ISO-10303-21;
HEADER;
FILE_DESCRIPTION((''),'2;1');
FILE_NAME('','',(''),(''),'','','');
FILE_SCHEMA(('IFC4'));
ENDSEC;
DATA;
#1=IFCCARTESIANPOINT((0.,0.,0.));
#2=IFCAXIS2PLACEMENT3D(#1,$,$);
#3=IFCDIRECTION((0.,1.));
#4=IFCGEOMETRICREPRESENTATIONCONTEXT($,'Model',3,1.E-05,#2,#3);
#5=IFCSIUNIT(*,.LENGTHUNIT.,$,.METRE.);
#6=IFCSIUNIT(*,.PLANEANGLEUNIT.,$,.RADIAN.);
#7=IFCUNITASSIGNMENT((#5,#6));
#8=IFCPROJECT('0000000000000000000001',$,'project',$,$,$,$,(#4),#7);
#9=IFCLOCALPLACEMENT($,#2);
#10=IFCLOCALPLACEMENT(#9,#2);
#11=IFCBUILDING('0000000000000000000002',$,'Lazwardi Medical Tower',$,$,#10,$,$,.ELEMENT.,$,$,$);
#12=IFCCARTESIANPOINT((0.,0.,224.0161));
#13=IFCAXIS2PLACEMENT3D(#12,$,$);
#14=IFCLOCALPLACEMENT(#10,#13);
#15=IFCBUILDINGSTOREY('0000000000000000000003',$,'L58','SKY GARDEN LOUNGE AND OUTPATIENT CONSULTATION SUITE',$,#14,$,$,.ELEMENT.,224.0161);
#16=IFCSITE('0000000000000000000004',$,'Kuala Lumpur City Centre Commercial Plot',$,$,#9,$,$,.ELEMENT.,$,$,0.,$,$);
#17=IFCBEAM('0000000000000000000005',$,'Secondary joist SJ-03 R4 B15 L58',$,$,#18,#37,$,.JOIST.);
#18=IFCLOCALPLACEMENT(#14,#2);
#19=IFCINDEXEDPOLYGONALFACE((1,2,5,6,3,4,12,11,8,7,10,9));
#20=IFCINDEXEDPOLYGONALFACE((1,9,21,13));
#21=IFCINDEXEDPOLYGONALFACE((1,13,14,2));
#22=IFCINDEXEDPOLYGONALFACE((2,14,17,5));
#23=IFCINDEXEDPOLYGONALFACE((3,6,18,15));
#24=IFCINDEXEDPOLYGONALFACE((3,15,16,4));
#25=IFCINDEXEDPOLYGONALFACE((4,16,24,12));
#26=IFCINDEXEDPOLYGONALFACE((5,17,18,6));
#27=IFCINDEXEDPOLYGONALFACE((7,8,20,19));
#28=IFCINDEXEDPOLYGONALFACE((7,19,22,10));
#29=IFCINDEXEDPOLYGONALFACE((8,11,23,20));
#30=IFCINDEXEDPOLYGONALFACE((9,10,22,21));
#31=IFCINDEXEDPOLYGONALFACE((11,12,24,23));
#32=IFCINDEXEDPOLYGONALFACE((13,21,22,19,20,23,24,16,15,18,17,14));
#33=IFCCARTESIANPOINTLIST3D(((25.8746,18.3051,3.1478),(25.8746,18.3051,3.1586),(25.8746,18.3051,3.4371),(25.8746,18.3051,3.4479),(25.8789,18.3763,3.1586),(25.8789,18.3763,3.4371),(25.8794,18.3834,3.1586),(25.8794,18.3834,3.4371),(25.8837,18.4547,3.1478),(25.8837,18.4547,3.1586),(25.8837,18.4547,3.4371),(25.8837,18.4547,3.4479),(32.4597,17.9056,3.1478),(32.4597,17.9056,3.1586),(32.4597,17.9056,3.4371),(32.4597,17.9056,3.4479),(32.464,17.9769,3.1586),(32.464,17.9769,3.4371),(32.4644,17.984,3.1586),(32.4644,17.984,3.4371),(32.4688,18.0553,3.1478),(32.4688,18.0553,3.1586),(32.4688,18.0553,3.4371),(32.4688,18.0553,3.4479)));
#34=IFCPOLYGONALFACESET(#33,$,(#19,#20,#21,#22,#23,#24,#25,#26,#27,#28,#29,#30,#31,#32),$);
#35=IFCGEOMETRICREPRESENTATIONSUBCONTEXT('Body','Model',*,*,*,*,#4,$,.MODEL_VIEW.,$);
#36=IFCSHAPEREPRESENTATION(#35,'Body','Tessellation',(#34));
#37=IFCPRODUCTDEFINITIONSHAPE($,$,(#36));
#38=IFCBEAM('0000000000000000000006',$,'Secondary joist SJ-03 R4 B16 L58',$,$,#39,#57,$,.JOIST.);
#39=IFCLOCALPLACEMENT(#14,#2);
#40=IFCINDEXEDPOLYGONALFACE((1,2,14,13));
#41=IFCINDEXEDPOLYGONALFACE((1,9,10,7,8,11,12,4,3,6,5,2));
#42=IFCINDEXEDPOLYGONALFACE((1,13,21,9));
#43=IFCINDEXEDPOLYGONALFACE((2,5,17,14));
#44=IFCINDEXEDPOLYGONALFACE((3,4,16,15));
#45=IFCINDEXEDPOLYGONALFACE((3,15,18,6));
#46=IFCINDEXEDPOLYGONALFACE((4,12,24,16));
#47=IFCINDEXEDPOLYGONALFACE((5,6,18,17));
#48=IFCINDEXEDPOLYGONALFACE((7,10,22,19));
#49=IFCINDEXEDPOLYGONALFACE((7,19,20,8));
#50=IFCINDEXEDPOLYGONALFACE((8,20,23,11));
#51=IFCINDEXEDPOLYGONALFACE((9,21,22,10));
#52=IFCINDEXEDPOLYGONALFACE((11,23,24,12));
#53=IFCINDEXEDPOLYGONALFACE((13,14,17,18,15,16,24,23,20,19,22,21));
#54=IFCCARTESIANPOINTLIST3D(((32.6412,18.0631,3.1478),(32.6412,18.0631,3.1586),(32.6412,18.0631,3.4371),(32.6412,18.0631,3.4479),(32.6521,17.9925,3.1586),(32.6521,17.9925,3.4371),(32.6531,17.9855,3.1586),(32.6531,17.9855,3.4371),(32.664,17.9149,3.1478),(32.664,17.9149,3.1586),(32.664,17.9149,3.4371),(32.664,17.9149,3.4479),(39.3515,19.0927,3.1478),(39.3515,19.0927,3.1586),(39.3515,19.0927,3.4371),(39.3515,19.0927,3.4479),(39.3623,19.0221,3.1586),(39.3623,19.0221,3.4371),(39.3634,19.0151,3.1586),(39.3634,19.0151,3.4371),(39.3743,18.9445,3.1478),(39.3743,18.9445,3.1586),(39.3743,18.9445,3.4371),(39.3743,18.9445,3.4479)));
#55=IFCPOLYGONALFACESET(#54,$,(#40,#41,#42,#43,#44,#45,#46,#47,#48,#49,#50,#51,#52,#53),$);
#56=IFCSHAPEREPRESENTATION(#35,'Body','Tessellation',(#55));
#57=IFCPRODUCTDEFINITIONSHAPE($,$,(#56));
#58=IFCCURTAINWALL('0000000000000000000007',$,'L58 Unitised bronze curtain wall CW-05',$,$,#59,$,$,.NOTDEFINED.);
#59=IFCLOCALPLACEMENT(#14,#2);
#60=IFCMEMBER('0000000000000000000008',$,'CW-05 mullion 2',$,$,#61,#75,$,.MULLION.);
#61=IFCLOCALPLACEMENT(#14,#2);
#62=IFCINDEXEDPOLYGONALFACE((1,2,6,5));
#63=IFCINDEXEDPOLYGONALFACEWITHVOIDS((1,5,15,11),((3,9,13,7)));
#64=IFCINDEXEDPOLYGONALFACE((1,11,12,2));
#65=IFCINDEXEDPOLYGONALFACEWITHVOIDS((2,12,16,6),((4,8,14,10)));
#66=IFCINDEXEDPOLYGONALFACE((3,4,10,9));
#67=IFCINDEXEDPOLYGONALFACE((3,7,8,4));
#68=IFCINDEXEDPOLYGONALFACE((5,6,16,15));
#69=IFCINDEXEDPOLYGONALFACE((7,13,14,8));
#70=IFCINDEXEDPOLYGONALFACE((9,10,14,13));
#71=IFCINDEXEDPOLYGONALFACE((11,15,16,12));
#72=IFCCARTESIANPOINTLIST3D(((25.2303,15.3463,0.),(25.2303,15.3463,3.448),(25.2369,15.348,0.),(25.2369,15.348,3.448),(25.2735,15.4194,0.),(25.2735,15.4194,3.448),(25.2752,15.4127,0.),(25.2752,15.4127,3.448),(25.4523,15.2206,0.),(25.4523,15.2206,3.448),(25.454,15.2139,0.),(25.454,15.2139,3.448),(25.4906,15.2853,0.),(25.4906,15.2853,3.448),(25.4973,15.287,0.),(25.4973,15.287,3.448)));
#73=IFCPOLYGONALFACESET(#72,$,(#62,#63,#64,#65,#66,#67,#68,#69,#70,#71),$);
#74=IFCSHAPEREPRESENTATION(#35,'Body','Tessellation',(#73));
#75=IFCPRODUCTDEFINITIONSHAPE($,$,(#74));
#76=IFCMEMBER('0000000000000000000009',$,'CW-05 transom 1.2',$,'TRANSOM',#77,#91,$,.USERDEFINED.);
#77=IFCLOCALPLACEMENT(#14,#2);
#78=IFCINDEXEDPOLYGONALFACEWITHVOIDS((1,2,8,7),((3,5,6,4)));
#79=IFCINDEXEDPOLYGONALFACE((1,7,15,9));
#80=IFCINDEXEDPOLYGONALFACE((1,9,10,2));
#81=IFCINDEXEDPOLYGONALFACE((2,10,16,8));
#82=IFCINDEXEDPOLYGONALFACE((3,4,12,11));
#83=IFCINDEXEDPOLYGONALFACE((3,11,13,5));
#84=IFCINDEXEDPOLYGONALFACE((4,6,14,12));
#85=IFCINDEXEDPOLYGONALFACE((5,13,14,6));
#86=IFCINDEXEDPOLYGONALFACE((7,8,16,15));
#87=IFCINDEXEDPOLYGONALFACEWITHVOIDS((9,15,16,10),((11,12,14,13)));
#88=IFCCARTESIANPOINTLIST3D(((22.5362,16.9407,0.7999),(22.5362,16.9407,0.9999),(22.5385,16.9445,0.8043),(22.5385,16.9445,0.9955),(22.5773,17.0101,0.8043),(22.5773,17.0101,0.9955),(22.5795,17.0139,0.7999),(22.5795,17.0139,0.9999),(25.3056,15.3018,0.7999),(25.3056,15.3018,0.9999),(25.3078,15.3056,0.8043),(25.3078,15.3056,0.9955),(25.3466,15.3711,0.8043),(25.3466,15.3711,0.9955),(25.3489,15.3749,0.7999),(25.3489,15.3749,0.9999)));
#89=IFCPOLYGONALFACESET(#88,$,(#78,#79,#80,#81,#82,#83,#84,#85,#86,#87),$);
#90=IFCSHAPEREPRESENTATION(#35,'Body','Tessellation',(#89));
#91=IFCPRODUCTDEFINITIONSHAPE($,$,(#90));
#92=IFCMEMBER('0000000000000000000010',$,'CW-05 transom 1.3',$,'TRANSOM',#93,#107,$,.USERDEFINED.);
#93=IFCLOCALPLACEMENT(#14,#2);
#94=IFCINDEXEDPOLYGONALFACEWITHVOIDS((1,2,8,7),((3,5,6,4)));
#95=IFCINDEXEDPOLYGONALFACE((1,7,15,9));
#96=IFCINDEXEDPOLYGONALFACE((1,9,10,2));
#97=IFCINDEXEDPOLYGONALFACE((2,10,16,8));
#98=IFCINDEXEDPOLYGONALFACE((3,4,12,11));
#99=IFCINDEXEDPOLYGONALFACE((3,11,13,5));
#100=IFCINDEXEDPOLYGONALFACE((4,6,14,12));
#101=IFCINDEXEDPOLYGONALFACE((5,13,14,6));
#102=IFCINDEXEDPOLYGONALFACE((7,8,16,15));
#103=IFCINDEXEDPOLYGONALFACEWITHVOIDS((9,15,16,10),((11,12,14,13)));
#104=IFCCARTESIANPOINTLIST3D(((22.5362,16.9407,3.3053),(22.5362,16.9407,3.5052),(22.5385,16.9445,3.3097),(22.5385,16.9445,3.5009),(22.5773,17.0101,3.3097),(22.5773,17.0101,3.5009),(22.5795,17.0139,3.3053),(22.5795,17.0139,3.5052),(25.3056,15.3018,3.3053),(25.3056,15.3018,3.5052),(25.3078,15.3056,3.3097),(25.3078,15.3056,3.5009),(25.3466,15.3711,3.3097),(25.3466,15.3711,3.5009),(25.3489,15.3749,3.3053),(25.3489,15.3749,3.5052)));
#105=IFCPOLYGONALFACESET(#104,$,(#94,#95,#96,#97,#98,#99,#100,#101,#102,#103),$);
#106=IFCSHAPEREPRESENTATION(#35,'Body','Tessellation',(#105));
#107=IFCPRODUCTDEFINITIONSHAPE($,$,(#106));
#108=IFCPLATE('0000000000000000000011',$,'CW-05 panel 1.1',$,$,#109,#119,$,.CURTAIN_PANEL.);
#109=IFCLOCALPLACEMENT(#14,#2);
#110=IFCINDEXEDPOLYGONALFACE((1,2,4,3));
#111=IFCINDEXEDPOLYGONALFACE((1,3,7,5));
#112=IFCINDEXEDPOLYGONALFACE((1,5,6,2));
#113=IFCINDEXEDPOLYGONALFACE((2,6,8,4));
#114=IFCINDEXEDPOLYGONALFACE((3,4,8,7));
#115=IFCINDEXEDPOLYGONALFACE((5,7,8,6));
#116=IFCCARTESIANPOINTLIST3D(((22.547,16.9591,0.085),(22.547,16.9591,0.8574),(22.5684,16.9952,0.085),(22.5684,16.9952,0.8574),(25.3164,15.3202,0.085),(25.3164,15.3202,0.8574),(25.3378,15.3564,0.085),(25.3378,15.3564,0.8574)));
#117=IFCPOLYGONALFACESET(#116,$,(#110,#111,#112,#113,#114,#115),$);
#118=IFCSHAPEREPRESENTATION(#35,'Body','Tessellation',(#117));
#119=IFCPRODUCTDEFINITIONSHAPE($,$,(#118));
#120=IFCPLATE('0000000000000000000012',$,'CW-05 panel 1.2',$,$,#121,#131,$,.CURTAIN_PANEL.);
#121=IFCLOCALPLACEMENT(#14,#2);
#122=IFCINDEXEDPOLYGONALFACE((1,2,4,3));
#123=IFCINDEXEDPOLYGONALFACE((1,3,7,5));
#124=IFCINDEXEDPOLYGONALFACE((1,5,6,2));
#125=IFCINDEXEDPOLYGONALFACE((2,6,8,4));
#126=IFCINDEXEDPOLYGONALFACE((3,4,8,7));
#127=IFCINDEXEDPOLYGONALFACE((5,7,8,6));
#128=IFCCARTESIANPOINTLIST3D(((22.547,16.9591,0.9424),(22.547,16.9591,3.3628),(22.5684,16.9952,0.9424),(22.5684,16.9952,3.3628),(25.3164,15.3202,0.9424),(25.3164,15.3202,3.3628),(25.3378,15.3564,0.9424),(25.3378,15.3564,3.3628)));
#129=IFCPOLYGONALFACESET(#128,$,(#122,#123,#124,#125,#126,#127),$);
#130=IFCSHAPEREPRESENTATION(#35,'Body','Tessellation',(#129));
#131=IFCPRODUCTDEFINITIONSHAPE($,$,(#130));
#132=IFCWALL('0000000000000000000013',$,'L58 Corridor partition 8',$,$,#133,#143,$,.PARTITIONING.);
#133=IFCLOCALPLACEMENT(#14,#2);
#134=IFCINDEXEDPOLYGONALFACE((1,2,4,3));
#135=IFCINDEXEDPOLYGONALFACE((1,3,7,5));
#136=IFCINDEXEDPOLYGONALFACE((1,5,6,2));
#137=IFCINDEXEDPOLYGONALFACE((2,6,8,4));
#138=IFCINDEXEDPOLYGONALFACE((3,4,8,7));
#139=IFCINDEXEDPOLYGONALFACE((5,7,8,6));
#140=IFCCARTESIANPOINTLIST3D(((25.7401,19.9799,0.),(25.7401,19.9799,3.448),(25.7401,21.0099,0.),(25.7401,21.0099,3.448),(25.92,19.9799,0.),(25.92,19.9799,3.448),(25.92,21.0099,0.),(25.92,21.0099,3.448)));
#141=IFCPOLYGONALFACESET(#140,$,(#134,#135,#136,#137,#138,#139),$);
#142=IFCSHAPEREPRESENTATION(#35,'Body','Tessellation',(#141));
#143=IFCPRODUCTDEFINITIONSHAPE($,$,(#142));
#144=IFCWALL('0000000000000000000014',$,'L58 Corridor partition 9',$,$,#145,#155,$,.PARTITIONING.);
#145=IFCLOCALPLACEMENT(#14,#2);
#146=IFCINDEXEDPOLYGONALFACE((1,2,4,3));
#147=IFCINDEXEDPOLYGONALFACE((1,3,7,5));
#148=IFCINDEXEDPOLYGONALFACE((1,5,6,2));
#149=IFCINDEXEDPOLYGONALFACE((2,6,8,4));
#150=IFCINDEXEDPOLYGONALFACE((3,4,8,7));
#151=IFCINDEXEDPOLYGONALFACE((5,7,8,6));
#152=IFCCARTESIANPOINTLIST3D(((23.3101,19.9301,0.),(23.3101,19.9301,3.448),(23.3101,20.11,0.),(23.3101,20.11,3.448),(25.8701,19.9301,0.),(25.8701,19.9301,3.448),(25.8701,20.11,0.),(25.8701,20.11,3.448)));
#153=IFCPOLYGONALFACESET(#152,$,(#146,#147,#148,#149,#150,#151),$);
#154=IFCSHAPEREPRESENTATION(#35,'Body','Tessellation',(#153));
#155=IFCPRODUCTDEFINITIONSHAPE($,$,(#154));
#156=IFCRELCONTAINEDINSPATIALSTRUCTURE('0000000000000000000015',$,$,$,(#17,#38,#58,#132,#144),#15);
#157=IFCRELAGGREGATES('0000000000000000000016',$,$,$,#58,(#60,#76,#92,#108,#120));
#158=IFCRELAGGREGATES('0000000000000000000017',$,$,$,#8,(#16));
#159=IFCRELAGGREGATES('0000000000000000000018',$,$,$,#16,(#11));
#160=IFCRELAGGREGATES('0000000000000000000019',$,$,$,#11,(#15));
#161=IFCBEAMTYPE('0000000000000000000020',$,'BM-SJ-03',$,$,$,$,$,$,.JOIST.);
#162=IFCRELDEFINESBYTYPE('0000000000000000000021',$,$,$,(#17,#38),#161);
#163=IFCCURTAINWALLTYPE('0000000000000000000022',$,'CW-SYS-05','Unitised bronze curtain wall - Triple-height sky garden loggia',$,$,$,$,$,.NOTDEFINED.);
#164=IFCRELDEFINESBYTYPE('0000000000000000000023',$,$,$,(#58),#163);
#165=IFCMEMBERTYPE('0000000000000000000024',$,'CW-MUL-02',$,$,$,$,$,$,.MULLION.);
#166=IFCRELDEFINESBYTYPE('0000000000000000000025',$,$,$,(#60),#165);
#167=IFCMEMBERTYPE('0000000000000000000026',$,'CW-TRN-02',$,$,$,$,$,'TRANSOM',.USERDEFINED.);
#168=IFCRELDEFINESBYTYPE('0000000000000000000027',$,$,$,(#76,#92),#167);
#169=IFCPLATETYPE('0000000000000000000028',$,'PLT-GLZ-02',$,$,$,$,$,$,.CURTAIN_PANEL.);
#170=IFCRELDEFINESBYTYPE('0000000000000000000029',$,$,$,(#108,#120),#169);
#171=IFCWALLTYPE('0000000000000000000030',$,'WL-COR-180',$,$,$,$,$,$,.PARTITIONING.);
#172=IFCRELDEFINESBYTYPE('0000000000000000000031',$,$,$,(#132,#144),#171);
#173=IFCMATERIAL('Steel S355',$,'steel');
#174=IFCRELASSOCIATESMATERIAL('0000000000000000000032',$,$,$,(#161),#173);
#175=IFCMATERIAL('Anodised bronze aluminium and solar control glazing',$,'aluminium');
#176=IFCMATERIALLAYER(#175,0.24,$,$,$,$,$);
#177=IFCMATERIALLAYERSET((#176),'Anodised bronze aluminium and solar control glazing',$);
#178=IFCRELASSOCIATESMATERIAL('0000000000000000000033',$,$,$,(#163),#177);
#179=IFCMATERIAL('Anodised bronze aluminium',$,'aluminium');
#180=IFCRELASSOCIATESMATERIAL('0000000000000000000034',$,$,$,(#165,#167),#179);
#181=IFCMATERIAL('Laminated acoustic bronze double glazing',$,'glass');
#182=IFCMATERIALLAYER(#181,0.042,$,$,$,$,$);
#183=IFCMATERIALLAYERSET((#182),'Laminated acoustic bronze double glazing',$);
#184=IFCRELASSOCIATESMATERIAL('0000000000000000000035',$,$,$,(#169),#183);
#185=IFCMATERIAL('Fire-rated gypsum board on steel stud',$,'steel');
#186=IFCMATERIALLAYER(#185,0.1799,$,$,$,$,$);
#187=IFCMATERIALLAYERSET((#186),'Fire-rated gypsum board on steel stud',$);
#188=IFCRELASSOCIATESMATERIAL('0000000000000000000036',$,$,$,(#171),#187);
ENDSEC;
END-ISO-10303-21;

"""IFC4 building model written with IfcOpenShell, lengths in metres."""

from ifc_helpers import new_model, si_unit, direction, frame, frame_2d, origin, origin_2d, place, context, subcontext, project, spatial, rectangle, hollow_rectangle, i_section, extrude, material, layer, layer_set, material_profile, profile_set, type_object, element, aggregate, save


model = new_model("IFC4")

# Units and contexts
model_context = context("Model", 3, precision=1e-05, world=origin(), true_north=direction((0.0, 1.0)))
body_context = subcontext(model_context, "Body", "Model", "MODEL_VIEW")
ifc_project = project(units=[si_unit("LENGTHUNIT", "METRE"), si_unit("PLANEANGLEUNIT", "RADIAN")], contexts=[model_context])

# Site, building, storey
site_placement = place(None, origin())
site = spatial("IfcSite", under=ifc_project, at=site_placement, Name="Kuala Lumpur City Centre Commercial Plot", CompositionType="ELEMENT", RefElevation=0.0)
building_placement = place(site_placement, origin())
building = spatial("IfcBuilding", under=site, at=building_placement, Name="Lazwardi Medical Tower", CompositionType="ELEMENT")
storey_placement = place(building_placement, frame((0.0, 0.0, 224.0161)))
storey = spatial("IfcBuildingStorey", under=building, at=storey_placement, Name="L58", Description="SKY GARDEN LOUNGE AND OUTPATIENT CONSULTATION SUITE", CompositionType="ELEMENT", Elevation=224.0161)

# Beams
ifc_material_1 = material(Name="Steel S355", Category="steel")
ifc_material_profile_1 = material_profile(ifc_material_1, i_section(OverallWidth=0.1499, OverallDepth=0.3, WebThickness=0.0071, FlangeThickness=0.0107, at=origin_2d()), Name="IPE 300")
ifc_profile_set_1 = profile_set([ifc_material_profile_1], Name="Steel S355")
beam_type_1 = type_object("IfcBeamType", Name="BM-SJ-03", PredefinedType="JOIST", material=ifc_profile_set_1)
beam_1_placement = place(storey_placement, frame((25.8792, 18.3799, 3.2979), z_axis=(0.998166, -0.060544, 0.0), x_axis=(0.060544, 0.998166, 0.0)))
element("IfcBeam", 1, at=beam_1_placement, inside=storey, type_object=beam_type_1, Name="Secondary joist SJ-03 R4 B15 L58", PredefinedType="JOIST", context=body_context, shape_type="SweptSolid", body=[
    extrude(i_section(OverallWidth=0.1499, OverallDepth=0.3, WebThickness=0.0071, FlangeThickness=0.0107, at=origin_2d()), origin(), (0.0, 0.0, 1.0), 6.5972),
])
beam_2_placement = place(storey_placement, frame((32.6526, 17.989, 3.2979), z_axis=(0.988434, 0.151655, 0.0), x_axis=(-0.151655, 0.988434, 0.0)))
element("IfcBeam", 2, at=beam_2_placement, inside=storey, type_object=beam_type_1, Name="Secondary joist SJ-03 R4 B16 L58", PredefinedType="JOIST", context=body_context, shape_type="SweptSolid", body=[
    extrude(i_section(OverallWidth=0.1499, OverallDepth=0.3, WebThickness=0.0071, FlangeThickness=0.0107, at=origin_2d()), origin(), (0.0, 0.0, 1.0), 6.7888),
])

# Curtain wall, members, plates
ifc_material_2 = material(Name="Anodised bronze aluminium and solar control glazing", Category="aluminium")
ifc_layer_1 = layer(ifc_material_2, 0.24)
ifc_layer_set_1 = layer_set([ifc_layer_1], Name="Anodised bronze aluminium and solar control glazing")
curtain_wall_type = type_object("IfcCurtainWallType", Name="CW-SYS-05", Description="Unitised bronze curtain wall - Triple-height sky garden loggia", PredefinedType="NOTDEFINED", material=ifc_layer_set_1)
curtain_wall_placement = place(storey_placement, origin())
curtain_wall = element("IfcCurtainWall", 3, at=curtain_wall_placement, inside=storey, type_object=curtain_wall_type, Name="L58 Unitised bronze curtain wall CW-05", PredefinedType="NOTDEFINED")
ifc_material_3 = material(Name="Anodised bronze aluminium", Category="aluminium")
ifc_material_profile_2 = material_profile(ifc_material_3, hollow_rectangle(XDim=0.085, YDim=0.26, WallThickness=0.0049, at=origin_2d()), Name="ALU-MULLION 260x85x5")
ifc_profile_set_2 = profile_set([ifc_material_profile_2], Name="Anodised bronze aluminium")
member_type_1 = type_object("IfcMemberType", Name="CW-MUL-02", PredefinedType="MULLION", material=ifc_profile_set_2)
member_1_placement = place(storey_placement, frame((25.3638, 15.3167, 0.0), z_axis=(0.0, 0.0, 1.0), x_axis=(0.509273, 0.860605, 0.0)))
member_1 = element("IfcMember", 4, at=member_1_placement, type_object=member_type_1, Name="CW-05 mullion 2", PredefinedType="MULLION", context=body_context, shape_type="SweptSolid", body=[
    extrude(hollow_rectangle(XDim=0.085, YDim=0.26, WallThickness=0.0049, at=origin_2d()), origin(), (0.0, 0.0, 1.0), 3.448),
])
ifc_material_profile_3 = material_profile(ifc_material_3, hollow_rectangle(XDim=0.085, YDim=0.2, WallThickness=0.0044, at=origin_2d()), Name="ALU-TRANSOM 200x85x4.5")
ifc_profile_set_3 = profile_set([ifc_material_profile_3], Name="Anodised bronze aluminium")
member_type_2 = type_object("IfcMemberType", Name="CW-TRN-02", ElementType="TRANSOM", PredefinedType="USERDEFINED", material=ifc_profile_set_3)
member_2_placement = place(storey_placement, frame((22.5579, 16.9773, 0.8999), z_axis=(0.860583, -0.509309, 0.0), x_axis=(0.509309, 0.860583, 0.0)))
member_2 = element("IfcMember", 5, at=member_2_placement, type_object=member_type_2, Name="CW-05 transom 1.2", ObjectType="TRANSOM", PredefinedType="USERDEFINED", context=body_context, shape_type="SweptSolid", body=[
    extrude(hollow_rectangle(XDim=0.085, YDim=0.2, WallThickness=0.0044, at=origin_2d()), origin(), (0.0, 0.0, 1.0), 3.218),
])
member_3_placement = place(storey_placement, frame((22.5579, 16.9773, 3.4053), z_axis=(0.860583, -0.509309, 0.0), x_axis=(0.509309, 0.860583, 0.0)))
member_3 = element("IfcMember", 6, at=member_3_placement, type_object=member_type_2, Name="CW-05 transom 1.3", ObjectType="TRANSOM", PredefinedType="USERDEFINED", context=body_context, shape_type="SweptSolid", body=[
    extrude(hollow_rectangle(XDim=0.085, YDim=0.2, WallThickness=0.0044, at=origin_2d()), origin(), (0.0, 0.0, 1.0), 3.218),
])
ifc_material_4 = material(Name="Laminated acoustic bronze double glazing", Category="glass")
ifc_layer_2 = layer(ifc_material_4, 0.042)
ifc_layer_set_2 = layer_set([ifc_layer_2], Name="Laminated acoustic bronze double glazing")
plate_type = type_object("IfcPlateType", Name="PLT-GLZ-02", PredefinedType="CURTAIN_PANEL", material=ifc_layer_set_2)
plate_1_placement = place(storey_placement, frame((23.9424, 16.1577, 0.085), z_axis=(0.0, 0.0, 1.0), x_axis=(0.860605, -0.509273, 0.0)))
plate_1 = element("IfcPlate", 7, at=plate_1_placement, type_object=plate_type, Name="CW-05 panel 1.1", PredefinedType="CURTAIN_PANEL", context=body_context, shape_type="SweptSolid", body=[
    extrude(rectangle(XDim=3.218, YDim=0.042, at=origin_2d()), origin(), (0.0, 0.0, 1.0), 0.7725),
])
plate_2_placement = place(storey_placement, frame((23.9424, 16.1577, 0.9424), z_axis=(0.0, 0.0, 1.0), x_axis=(0.860605, -0.509273, 0.0)))
plate_2 = element("IfcPlate", 8, at=plate_2_placement, type_object=plate_type, Name="CW-05 panel 1.2", PredefinedType="CURTAIN_PANEL", context=body_context, shape_type="SweptSolid", body=[
    extrude(rectangle(XDim=3.218, YDim=0.042, at=origin_2d()), origin(), (0.0, 0.0, 1.0), 2.4204),
])
aggregate(curtain_wall, [member_1, member_2, member_3, plate_1, plate_2])

# Walls
ifc_material_5 = material(Name="Fire-rated gypsum board on steel stud", Category="steel")
ifc_layer_3 = layer(ifc_material_5, 0.1799)
ifc_layer_set_3 = layer_set([ifc_layer_3], Name="Fire-rated gypsum board on steel stud")
wall_type_1 = type_object("IfcWallType", Name="WL-COR-180", PredefinedType="PARTITIONING", material=ifc_layer_set_3)
wall_1_placement = place(storey_placement, frame((25.8301, 21.01, 0.0), z_axis=(0.0, 0.0, 1.0), x_axis=(0.0, -1.0, 0.0)))
element("IfcWall", 9, at=wall_1_placement, inside=storey, type_object=wall_type_1, Name="L58 Corridor partition 8", PredefinedType="PARTITIONING", context=body_context, shape_type="SweptSolid", body=[
    extrude(rectangle(XDim=1.03, YDim=0.1799, at=frame_2d((0.5151, 0.0))), origin(), (0.0, 0.0, 1.0), 3.448),
])
wall_2_placement = place(storey_placement, frame((25.8701, 20.02, 0.0), z_axis=(0.0, 0.0, 1.0), x_axis=(-1.0, 0.0, 0.0)))
element("IfcWall", 10, at=wall_2_placement, inside=storey, type_object=wall_type_1, Name="L58 Corridor partition 9", PredefinedType="PARTITIONING", context=body_context, shape_type="SweptSolid", body=[
    extrude(rectangle(XDim=2.5601, YDim=0.1799, at=frame_2d((1.28, 0.0))), origin(), (0.0, 0.0, 1.0), 3.448),
])

save(model, "model.ifc")
